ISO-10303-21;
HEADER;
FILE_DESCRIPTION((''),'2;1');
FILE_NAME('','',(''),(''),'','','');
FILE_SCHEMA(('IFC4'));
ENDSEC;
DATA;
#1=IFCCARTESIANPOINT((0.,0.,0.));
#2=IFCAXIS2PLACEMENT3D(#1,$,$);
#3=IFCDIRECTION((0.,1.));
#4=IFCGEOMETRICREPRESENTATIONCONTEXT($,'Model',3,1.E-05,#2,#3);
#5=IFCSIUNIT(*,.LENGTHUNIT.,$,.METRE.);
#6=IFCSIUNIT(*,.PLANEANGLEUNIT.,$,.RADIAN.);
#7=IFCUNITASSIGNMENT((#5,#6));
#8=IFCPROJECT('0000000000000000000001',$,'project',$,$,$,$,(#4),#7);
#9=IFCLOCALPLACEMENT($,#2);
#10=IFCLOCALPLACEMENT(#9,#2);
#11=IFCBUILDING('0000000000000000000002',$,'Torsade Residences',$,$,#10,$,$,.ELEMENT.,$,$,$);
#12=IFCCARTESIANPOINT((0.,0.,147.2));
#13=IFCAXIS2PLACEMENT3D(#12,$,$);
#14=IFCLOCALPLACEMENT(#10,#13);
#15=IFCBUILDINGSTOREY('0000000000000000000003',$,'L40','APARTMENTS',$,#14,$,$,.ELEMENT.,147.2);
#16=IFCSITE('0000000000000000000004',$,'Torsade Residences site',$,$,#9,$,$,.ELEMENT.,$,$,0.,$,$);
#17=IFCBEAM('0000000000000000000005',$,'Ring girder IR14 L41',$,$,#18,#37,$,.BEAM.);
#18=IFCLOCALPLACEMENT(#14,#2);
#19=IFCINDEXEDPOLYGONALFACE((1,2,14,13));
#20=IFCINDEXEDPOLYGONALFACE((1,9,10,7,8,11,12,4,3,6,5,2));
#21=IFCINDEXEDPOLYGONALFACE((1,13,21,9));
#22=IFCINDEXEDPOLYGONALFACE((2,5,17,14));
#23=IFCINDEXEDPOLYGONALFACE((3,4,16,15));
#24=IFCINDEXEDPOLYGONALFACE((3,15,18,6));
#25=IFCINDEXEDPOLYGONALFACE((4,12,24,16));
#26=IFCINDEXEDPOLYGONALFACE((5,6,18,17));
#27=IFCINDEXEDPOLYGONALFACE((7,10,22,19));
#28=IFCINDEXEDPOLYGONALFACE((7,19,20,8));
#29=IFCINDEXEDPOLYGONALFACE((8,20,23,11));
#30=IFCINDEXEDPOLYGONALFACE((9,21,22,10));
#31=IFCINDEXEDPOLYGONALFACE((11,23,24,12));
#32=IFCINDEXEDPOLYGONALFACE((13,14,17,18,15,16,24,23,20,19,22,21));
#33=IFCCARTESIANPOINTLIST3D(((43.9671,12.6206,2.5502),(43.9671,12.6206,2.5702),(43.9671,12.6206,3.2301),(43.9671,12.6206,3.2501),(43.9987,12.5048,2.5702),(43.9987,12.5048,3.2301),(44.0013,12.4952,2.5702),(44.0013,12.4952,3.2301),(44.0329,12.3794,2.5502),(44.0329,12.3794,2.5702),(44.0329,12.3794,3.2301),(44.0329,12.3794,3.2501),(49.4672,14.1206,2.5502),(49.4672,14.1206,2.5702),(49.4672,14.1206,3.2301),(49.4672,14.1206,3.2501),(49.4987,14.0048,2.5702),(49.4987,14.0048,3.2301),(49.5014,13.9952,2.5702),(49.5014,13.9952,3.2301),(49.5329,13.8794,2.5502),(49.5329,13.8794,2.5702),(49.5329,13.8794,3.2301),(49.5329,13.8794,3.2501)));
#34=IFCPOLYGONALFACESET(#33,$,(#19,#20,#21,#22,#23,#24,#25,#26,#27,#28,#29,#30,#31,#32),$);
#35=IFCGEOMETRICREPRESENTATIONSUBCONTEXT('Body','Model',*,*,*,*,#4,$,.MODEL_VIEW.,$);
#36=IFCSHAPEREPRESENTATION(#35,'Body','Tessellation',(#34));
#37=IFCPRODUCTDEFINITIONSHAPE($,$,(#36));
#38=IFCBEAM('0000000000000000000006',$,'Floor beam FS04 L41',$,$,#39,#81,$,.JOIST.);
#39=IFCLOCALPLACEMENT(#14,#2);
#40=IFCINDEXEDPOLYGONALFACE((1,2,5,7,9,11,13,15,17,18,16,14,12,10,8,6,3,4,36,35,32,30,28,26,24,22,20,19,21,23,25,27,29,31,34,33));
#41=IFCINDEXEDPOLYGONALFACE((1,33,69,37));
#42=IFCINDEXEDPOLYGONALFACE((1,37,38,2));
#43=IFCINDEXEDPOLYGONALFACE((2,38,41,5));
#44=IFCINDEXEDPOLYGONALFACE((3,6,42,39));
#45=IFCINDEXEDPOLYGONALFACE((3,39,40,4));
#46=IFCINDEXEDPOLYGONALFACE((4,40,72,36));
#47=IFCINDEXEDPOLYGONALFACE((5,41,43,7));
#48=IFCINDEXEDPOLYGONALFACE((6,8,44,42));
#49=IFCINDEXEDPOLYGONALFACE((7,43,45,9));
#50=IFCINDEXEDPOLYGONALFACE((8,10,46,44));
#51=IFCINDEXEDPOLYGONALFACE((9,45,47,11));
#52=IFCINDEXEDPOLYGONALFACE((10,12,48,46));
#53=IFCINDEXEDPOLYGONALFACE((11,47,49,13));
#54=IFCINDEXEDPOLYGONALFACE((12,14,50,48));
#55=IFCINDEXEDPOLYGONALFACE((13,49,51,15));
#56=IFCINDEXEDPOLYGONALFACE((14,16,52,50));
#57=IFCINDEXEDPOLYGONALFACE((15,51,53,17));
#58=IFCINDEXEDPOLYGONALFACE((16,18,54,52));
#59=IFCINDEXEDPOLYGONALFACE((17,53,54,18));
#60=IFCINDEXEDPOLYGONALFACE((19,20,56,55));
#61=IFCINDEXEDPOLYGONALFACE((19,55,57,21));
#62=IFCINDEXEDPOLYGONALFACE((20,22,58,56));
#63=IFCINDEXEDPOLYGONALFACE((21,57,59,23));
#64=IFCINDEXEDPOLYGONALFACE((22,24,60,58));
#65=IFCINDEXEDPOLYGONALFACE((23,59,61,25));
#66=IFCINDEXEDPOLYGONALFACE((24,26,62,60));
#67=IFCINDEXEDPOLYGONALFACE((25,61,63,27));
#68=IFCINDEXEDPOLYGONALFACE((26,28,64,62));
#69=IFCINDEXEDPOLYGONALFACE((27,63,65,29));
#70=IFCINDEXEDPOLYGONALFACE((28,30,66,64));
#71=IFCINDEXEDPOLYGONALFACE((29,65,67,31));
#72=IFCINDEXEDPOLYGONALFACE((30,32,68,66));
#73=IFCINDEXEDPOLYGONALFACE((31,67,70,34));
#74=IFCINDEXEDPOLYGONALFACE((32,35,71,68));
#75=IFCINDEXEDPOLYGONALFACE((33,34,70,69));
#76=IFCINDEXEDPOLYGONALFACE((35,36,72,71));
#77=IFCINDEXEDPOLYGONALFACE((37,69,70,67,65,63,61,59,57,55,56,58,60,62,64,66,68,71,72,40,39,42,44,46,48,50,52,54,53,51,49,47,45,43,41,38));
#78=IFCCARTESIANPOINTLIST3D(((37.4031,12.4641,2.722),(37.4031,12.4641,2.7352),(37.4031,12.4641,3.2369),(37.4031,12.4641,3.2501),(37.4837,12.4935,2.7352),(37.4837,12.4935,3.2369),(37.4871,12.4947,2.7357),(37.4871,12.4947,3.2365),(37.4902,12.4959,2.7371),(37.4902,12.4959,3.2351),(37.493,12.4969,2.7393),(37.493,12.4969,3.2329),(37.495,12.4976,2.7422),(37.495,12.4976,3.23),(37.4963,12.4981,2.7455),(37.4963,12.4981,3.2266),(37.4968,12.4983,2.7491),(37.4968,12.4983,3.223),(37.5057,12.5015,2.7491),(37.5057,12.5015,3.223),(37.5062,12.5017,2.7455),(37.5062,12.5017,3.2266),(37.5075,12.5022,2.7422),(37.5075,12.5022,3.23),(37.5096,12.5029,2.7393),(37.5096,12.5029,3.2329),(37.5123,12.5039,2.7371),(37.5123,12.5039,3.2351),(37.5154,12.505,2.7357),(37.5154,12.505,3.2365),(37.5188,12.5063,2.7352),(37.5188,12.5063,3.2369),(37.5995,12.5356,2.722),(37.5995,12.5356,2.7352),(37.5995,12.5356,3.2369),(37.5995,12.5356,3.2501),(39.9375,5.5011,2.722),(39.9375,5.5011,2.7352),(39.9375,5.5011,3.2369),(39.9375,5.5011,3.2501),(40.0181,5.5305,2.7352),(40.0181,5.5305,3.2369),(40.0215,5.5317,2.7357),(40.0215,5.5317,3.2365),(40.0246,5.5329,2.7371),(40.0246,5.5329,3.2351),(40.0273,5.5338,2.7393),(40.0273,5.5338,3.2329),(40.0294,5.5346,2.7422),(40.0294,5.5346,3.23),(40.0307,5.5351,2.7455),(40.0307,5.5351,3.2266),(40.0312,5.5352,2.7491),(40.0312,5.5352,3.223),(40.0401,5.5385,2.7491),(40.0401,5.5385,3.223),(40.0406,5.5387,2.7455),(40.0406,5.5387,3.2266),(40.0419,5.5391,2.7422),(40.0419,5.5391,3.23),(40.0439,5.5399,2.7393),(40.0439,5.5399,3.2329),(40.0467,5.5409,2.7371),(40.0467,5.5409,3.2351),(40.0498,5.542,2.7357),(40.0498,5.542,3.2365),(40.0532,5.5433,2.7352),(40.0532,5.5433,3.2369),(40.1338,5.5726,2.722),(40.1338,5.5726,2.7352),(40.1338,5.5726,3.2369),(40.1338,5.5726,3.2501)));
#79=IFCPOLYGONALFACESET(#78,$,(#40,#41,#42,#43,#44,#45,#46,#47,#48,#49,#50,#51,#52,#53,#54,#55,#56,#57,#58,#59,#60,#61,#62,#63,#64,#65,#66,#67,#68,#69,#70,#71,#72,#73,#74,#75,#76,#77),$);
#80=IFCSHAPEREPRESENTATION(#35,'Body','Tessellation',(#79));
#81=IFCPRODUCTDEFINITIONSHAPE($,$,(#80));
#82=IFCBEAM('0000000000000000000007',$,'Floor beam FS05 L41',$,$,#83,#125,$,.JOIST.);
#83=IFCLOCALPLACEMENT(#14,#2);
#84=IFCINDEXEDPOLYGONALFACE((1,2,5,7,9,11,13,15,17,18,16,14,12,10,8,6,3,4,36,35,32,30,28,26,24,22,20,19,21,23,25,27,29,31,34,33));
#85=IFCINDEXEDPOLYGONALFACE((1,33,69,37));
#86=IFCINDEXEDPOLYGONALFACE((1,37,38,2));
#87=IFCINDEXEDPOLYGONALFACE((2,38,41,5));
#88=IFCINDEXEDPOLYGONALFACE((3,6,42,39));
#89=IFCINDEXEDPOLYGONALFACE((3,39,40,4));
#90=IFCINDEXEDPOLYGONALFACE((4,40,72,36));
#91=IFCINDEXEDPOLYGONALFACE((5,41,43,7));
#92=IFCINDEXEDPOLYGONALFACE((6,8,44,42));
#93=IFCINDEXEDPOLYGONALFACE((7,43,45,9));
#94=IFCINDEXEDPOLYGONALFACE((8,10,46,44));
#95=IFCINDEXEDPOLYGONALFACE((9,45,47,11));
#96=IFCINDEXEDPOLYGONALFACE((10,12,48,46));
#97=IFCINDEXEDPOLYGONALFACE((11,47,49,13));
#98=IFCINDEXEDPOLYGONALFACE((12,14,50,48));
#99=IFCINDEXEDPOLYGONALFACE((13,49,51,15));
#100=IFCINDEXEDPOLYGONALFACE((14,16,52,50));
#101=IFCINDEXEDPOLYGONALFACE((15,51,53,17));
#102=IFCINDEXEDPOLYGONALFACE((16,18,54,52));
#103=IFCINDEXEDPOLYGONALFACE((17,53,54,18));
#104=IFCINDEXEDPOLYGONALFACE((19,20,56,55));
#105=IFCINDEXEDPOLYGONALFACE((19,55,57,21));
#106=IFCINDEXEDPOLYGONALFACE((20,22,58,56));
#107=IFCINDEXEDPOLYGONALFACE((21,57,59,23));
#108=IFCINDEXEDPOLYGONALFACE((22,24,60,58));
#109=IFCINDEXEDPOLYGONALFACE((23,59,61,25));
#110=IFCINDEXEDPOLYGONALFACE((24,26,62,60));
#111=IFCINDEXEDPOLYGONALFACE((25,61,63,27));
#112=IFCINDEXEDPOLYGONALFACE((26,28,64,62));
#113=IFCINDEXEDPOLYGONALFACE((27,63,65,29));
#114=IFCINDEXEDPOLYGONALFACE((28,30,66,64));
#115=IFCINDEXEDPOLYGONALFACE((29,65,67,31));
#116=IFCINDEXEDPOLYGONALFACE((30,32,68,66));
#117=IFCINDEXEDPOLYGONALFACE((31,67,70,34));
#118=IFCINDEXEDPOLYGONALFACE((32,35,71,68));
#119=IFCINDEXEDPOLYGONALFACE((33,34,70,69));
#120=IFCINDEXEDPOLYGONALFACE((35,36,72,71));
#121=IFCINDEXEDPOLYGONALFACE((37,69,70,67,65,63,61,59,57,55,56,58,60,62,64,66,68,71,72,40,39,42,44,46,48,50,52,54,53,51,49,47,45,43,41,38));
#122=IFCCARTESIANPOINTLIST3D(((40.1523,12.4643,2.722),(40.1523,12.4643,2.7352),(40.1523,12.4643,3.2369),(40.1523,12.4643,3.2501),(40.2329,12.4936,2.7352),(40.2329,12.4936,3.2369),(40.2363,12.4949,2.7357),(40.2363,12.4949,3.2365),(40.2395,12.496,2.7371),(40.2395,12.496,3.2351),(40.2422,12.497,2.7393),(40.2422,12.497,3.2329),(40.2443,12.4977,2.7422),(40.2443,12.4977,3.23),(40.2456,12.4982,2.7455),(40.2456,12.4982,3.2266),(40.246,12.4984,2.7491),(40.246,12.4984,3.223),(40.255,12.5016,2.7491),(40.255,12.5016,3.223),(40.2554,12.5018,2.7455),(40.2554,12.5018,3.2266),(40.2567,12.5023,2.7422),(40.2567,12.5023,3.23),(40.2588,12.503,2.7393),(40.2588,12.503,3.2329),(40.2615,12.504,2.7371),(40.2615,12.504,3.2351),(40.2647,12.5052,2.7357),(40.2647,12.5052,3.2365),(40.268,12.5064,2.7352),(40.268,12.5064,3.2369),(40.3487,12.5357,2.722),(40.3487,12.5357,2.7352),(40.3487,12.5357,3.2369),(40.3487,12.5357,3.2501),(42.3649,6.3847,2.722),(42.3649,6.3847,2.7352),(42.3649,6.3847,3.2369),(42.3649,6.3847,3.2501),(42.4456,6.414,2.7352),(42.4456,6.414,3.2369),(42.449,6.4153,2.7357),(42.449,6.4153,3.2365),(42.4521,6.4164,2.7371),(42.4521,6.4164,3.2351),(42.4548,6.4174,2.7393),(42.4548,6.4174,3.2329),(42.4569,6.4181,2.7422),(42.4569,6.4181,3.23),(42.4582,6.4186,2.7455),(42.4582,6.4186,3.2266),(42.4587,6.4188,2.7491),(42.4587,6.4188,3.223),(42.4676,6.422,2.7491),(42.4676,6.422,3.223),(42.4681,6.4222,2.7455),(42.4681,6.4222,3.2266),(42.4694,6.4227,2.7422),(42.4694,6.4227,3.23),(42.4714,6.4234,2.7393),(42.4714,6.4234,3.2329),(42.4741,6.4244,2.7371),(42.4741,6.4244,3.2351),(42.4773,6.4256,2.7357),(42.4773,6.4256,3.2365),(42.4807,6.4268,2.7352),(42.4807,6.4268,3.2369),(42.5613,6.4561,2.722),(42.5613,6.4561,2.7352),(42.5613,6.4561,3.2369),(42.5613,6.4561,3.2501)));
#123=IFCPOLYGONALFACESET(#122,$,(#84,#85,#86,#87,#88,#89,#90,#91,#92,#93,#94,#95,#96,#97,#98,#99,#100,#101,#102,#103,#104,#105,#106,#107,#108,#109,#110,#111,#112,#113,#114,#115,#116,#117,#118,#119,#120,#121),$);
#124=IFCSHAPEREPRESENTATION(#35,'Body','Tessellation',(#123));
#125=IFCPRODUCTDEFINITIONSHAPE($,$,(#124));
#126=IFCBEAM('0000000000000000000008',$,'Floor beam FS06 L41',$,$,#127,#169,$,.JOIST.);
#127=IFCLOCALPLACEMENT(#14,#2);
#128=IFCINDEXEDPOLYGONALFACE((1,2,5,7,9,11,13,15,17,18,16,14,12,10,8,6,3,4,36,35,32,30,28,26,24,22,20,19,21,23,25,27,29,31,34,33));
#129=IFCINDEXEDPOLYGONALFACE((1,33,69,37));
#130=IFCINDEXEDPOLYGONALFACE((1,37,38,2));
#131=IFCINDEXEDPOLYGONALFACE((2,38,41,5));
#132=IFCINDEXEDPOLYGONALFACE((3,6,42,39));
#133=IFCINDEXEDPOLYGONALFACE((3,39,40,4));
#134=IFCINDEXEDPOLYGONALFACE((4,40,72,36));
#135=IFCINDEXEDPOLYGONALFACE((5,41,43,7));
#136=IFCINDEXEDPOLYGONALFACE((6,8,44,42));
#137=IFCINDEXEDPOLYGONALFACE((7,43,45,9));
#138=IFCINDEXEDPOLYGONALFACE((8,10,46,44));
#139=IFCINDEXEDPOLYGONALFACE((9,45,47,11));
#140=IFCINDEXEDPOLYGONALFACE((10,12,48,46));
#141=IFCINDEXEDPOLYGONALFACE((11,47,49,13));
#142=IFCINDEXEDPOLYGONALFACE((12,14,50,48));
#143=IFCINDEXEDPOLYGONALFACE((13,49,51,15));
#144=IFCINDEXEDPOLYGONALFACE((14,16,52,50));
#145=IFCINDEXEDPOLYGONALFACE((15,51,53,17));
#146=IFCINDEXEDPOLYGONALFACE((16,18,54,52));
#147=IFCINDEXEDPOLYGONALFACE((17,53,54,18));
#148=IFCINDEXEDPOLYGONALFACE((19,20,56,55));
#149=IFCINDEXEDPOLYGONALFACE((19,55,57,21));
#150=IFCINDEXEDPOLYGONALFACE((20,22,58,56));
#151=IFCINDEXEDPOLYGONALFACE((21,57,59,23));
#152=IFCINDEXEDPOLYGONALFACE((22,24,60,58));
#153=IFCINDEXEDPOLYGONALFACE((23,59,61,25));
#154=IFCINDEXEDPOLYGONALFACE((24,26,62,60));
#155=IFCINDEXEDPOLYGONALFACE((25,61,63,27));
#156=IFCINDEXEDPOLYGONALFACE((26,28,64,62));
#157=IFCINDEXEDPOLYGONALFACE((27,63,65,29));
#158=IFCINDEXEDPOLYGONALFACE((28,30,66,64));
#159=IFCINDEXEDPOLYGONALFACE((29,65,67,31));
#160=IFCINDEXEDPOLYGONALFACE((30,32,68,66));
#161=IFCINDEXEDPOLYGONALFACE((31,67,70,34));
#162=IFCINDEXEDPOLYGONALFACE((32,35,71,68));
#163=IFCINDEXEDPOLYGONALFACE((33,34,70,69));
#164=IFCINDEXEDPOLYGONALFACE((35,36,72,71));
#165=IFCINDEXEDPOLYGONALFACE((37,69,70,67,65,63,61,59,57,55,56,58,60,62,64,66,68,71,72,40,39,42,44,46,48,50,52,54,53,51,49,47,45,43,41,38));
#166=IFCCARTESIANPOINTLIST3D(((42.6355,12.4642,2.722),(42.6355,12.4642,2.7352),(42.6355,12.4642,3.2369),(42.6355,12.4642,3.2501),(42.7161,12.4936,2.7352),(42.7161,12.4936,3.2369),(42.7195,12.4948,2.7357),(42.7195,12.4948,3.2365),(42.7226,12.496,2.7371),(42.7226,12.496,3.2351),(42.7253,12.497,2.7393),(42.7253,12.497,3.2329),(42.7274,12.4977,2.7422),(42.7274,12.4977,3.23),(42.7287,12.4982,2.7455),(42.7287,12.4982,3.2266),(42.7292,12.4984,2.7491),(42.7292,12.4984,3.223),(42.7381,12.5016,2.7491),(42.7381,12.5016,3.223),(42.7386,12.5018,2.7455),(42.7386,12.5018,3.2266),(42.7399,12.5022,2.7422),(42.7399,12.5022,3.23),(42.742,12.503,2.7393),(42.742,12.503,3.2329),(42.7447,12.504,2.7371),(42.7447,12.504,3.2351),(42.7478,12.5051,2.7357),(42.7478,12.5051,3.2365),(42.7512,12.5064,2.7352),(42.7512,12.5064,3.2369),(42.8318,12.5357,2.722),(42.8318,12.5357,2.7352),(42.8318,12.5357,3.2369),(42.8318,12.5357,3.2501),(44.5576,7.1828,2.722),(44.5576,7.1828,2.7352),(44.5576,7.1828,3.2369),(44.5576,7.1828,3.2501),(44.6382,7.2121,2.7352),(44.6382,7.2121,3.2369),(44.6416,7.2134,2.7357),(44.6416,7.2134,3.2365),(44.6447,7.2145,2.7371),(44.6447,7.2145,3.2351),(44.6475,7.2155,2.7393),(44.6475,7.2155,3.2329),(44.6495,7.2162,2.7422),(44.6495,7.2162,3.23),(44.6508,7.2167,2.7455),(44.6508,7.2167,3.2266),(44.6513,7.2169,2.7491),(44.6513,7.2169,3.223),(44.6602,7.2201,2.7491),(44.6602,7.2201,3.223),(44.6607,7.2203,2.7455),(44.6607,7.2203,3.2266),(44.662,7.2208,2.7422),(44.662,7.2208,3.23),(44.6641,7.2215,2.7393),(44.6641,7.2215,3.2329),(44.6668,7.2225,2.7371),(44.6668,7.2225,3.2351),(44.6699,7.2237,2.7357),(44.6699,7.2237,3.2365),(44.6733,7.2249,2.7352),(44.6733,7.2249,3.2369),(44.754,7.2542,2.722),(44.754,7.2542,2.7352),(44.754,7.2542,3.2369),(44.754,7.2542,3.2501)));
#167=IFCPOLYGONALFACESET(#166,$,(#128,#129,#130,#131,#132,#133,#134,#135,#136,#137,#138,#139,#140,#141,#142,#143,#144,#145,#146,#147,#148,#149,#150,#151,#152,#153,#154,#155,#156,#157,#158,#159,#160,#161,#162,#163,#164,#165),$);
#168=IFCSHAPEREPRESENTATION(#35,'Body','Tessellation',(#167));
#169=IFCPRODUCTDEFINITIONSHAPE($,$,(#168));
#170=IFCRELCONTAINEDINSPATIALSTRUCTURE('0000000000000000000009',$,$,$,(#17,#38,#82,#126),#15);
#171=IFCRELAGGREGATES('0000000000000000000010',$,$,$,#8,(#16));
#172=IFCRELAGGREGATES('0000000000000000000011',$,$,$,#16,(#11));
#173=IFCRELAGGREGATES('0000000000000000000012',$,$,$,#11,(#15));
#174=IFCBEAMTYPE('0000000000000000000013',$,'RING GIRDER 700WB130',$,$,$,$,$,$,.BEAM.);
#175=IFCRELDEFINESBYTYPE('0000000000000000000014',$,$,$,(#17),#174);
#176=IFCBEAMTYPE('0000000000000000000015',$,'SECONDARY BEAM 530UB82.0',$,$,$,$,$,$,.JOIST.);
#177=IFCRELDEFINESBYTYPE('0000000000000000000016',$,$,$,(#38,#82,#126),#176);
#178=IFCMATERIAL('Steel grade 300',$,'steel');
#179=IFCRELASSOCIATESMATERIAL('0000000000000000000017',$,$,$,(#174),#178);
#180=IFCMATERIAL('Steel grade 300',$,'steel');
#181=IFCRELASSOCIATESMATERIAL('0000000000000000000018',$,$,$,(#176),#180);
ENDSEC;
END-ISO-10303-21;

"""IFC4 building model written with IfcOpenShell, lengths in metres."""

from ifc_helpers import new_model, si_unit, direction, frame, origin, origin_2d, place, context, subcontext, project, spatial, i_section, extrude, material, material_profile, profile_set, type_object, element, save


model = new_model("IFC4")

# Units and contexts
model_context = context("Model", 3, precision=1e-05, world=origin(), true_north=direction((0.0, 1.0)))
body_context = subcontext(model_context, "Body", "Model", "MODEL_VIEW")
ifc_project = project(units=[si_unit("LENGTHUNIT", "METRE"), si_unit("PLANEANGLEUNIT", "RADIAN")], contexts=[model_context])

# Site, building, storey
site_placement = place(None, origin())
site = spatial("IfcSite", under=ifc_project, at=site_placement, Name="Torsade Residences site", CompositionType="ELEMENT", RefElevation=0.0)
building_placement = place(site_placement, origin())
building = spatial("IfcBuilding", under=site, at=building_placement, Name="Torsade Residences", CompositionType="ELEMENT")
storey_placement = place(building_placement, frame((0.0, 0.0, 147.2)))
storey = spatial("IfcBuildingStorey", under=building, at=storey_placement, Name="L40", Description="APARTMENTS", CompositionType="ELEMENT", Elevation=147.2)

# Beams
ifc_material_1 = material(Name="Steel grade 300", Category="steel")
ifc_material_profile_1 = material_profile(ifc_material_1, i_section(OverallWidth=0.25, OverallDepth=0.7, WebThickness=0.01, FlangeThickness=0.02, at=origin_2d()), Name="700WB130")
ifc_profile_set_1 = profile_set([ifc_material_profile_1], Name="Steel grade 300")
beam_type_1 = type_object("IfcBeamType", Name="RING GIRDER 700WB130", PredefinedType="BEAM", material=ifc_profile_set_1)
beam_1_placement = place(storey_placement, frame((44.0, 12.5, 2.9001), z_axis=(0.964764, 0.263117, 0.0), x_axis=(-0.263117, 0.964764, 0.0)))
element("IfcBeam", 1, at=beam_1_placement, inside=storey, type_object=beam_type_1, Name="Ring girder IR14 L41", PredefinedType="BEAM", context=body_context, shape_type="SweptSolid", body=[
    extrude(i_section(OverallWidth=0.25, OverallDepth=0.7, WebThickness=0.01, FlangeThickness=0.02, at=origin_2d()), origin(), (0.0, 0.0, 1.0), 5.7009),
])
ifc_material_2 = material(Name="Steel grade 300", Category="steel")
ifc_material_profile_2 = material_profile(ifc_material_2, i_section(OverallWidth=0.209, OverallDepth=0.5281, WebThickness=0.0095, FlangeThickness=0.0132, FilletRadius=0.0139, at=origin_2d()), Name="530UB82.0")
ifc_profile_set_2 = profile_set([ifc_material_profile_2], Name="Steel grade 300")
beam_type_2 = type_object("IfcBeamType", Name="SECONDARY BEAM 530UB82.0", PredefinedType="JOIST", material=ifc_profile_set_2)
beam_2_placement = place(storey_placement, frame((40.0356, 5.5369, 2.9861), z_axis=(-0.342026, 0.93969, 0.0), x_axis=(-0.93969, -0.342026, 0.0)))
element("IfcBeam", 2, at=beam_2_placement, inside=storey, type_object=beam_type_2, Name="Floor beam FS04 L41", PredefinedType="JOIST", context=body_context, shape_type="SweptSolid", body=[
    extrude(i_section(OverallWidth=0.209, OverallDepth=0.5281, WebThickness=0.0095, FlangeThickness=0.0132, FilletRadius=0.0139, at=origin_2d()), origin(), (0.0, 0.0, 1.0), 7.4099),
])
beam_3_placement = place(storey_placement, frame((42.4631, 6.4204, 2.9861), z_axis=(-0.342001, 0.9397, 0.0), x_axis=(-0.9397, -0.342001, 0.0)))
element("IfcBeam", 3, at=beam_3_placement, inside=storey, type_object=beam_type_2, Name="Floor beam FS05 L41", PredefinedType="JOIST", context=body_context, shape_type="SweptSolid", body=[
    extrude(i_section(OverallWidth=0.209, OverallDepth=0.5281, WebThickness=0.0095, FlangeThickness=0.0132, FilletRadius=0.0139, at=origin_2d()), origin(), (0.0, 0.0, 1.0), 6.4697),
])
beam_4_placement = place(storey_placement, frame((44.6558, 7.2185, 2.9861), z_axis=(-0.341991, 0.939703, 0.0), x_axis=(-0.939703, -0.341991, 0.0)))
element("IfcBeam", 4, at=beam_4_placement, inside=storey, type_object=beam_type_2, Name="Floor beam FS06 L41", PredefinedType="JOIST", context=body_context, shape_type="SweptSolid", body=[
    extrude(i_section(OverallWidth=0.209, OverallDepth=0.5281, WebThickness=0.0095, FlangeThickness=0.0132, FilletRadius=0.0139, at=origin_2d()), origin(), (0.0, 0.0, 1.0), 5.6204),
])

save(model, "model.ifc")
